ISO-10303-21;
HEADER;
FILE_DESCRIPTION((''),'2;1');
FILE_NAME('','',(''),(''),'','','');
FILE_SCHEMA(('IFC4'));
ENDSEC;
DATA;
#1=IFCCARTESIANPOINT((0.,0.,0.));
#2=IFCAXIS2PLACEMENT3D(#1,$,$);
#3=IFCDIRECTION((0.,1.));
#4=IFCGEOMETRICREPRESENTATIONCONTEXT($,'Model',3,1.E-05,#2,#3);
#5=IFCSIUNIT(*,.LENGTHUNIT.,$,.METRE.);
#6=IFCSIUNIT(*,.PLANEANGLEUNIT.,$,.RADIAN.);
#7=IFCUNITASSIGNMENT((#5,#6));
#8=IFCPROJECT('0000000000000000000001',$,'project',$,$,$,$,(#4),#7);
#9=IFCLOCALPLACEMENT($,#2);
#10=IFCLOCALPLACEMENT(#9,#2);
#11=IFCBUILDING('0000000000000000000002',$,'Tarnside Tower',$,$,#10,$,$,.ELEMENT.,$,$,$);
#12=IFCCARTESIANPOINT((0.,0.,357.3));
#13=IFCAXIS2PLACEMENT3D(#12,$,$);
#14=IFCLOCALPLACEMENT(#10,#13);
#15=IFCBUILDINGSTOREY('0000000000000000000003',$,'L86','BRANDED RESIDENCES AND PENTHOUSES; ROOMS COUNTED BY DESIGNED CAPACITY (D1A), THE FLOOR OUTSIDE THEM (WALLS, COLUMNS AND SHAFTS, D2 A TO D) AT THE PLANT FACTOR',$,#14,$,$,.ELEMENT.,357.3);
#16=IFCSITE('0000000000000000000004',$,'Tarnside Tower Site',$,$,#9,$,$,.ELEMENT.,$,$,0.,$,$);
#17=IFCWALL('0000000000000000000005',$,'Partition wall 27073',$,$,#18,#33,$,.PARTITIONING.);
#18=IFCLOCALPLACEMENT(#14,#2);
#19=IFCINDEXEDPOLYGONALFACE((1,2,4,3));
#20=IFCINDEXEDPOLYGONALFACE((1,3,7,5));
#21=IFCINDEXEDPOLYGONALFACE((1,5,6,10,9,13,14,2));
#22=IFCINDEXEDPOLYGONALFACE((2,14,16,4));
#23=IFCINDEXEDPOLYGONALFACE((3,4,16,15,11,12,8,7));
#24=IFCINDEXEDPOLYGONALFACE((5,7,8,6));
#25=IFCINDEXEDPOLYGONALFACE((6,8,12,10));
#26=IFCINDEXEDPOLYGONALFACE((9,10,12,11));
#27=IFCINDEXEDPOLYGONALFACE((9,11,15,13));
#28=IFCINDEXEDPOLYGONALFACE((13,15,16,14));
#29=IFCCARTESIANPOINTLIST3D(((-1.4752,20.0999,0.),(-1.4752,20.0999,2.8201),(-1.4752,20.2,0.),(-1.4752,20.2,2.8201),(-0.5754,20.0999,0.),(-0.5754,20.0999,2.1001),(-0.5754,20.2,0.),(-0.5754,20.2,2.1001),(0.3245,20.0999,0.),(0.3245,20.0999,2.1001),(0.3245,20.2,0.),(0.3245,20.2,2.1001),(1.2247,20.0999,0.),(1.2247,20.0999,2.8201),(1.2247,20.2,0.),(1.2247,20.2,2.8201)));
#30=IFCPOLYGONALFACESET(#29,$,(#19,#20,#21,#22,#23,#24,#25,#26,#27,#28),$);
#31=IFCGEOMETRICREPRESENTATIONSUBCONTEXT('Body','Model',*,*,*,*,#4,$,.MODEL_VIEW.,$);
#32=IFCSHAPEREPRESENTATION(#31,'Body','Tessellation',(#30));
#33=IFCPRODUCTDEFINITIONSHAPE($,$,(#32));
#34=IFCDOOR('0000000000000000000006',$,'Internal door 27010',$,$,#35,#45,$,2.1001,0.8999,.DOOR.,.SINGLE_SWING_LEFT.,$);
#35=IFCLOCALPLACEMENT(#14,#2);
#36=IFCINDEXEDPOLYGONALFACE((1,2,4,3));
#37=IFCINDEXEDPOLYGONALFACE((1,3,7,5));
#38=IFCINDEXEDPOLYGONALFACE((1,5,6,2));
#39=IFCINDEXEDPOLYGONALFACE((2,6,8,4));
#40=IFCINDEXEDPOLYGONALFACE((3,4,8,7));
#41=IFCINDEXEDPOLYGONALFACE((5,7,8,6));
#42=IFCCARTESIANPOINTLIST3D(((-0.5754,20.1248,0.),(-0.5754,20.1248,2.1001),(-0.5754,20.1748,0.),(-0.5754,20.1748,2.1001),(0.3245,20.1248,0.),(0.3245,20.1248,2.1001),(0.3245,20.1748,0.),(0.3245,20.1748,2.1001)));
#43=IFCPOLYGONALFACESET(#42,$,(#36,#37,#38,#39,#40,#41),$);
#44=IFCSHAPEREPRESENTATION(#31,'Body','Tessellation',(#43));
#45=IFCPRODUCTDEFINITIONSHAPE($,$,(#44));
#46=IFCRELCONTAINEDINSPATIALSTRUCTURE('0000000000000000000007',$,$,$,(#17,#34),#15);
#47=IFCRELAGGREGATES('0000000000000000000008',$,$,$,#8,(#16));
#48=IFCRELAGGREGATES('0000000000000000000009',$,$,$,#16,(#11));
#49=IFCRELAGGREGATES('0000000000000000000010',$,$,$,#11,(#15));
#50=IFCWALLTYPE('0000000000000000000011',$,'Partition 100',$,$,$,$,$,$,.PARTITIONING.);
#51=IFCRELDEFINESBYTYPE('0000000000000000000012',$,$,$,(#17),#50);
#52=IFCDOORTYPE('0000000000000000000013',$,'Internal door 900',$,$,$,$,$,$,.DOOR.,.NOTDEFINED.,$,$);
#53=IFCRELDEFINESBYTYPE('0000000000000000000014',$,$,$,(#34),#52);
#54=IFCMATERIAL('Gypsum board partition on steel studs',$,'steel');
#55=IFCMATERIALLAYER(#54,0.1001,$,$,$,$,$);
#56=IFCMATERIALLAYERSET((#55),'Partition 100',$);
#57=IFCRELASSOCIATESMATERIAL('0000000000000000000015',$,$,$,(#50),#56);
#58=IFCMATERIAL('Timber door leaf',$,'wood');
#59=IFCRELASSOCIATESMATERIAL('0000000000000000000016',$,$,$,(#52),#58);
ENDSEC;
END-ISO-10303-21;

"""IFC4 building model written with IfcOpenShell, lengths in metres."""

from ifc_helpers import new_model, si_unit, direction, frame, frame_2d, origin, place, context, subcontext, project, spatial, rectangle, extrude, material, layer, layer_set, type_object, element, fill, save


model = new_model("IFC4")

# Units and contexts
model_context = context("Model", 3, precision=1e-05, world=origin(), true_north=direction((0.0, 1.0)))
body_context = subcontext(model_context, "Body", "Model", "MODEL_VIEW")
ifc_project = project(units=[si_unit("LENGTHUNIT", "METRE"), si_unit("PLANEANGLEUNIT", "RADIAN")], contexts=[model_context])

# Site, building, storey
site_placement = place(None, origin())
site = spatial("IfcSite", under=ifc_project, at=site_placement, Name="Tarnside Tower Site", CompositionType="ELEMENT", RefElevation=0.0)
building_placement = place(site_placement, origin())
building = spatial("IfcBuilding", under=site, at=building_placement, Name="Tarnside Tower", CompositionType="ELEMENT")
storey_placement = place(building_placement, frame((0.0, 0.0, 357.3)))
storey = spatial("IfcBuildingStorey", under=building, at=storey_placement, Name="L86", Description="BRANDED RESIDENCES AND PENTHOUSES; ROOMS COUNTED BY DESIGNED CAPACITY (D1A), THE FLOOR OUTSIDE THEM (WALLS, COLUMNS AND SHAFTS, D2 A TO D) AT THE PLANT FACTOR", CompositionType="ELEMENT", Elevation=357.3)

# Shared definitions
ifc_material_1 = material(Name="Gypsum board partition on steel studs", Category="steel")
ifc_material_2 = material(Name="Timber door leaf", Category="wood")

# Shared definitions
ifc_layer_1 = layer(ifc_material_1, 0.1001)
ifc_layer_set_1 = layer_set([ifc_layer_1], Name="Partition 100")
wall_type_1 = type_object("IfcWallType", Name="Partition 100", PredefinedType="PARTITIONING", material=ifc_layer_set_1)

# Wall, opening, door
wall_1_placement = place(storey_placement, frame((-1.4753, 20.1499, 0.0), z_axis=(0.0, 0.0, 1.0), x_axis=(1.0, 0.0, 0.0)))
wall_1 = element("IfcWall", 1, at=wall_1_placement, inside=storey, type_object=wall_type_1, Name="Partition wall 27073", PredefinedType="PARTITIONING", context=body_context, shape_type="SweptSolid", body=[
    extrude(rectangle(XDim=2.7, YDim=0.1001, at=frame_2d((1.3501, 0.0))), origin(), (0.0, 0.0, 1.0), 2.8201),
])
opening_1_placement = place(wall_1_placement, frame((0.8999, 0.0, 0.0)))
opening_1 = element("IfcOpeningElement", 2, at=opening_1_placement, cuts=wall_1, PredefinedType="OPENING", context=body_context, shape_type="SweptSolid", body=[
    extrude(rectangle(XDim=0.8999, YDim=2.1001, at=frame_2d((0.45, 1.05))), frame((0.0, 0.0601, 0.0), z_axis=(0.0, -1.0, 0.0), x_axis=(1.0, 0.0, 0.0)), (0.0, 0.0, 1.0), 0.1201),
])
door_type_1 = type_object("IfcDoorType", Name="Internal door 900", OperationType="NOTDEFINED", PredefinedType="DOOR", material=ifc_material_2)
door_1_placement = place(opening_1_placement, origin())
door_1 = element("IfcDoor", 3, at=door_1_placement, inside=storey, type_object=door_type_1, Name="Internal door 27010", OperationType="SINGLE_SWING_LEFT", OverallHeight=2.1001, OverallWidth=0.8999, PredefinedType="DOOR", context=body_context, shape_type="SweptSolid", body=[
    extrude(rectangle(XDim=0.8999, YDim=2.1001, at=frame_2d((0.45, 1.05))), frame((0.0, 0.0249, 0.0), z_axis=(0.0, -1.0, 0.0), x_axis=(1.0, 0.0, 0.0)), (0.0, 0.0, 1.0), 0.05),
])
fill(opening_1, door_1)

save(model, "model.ifc")
